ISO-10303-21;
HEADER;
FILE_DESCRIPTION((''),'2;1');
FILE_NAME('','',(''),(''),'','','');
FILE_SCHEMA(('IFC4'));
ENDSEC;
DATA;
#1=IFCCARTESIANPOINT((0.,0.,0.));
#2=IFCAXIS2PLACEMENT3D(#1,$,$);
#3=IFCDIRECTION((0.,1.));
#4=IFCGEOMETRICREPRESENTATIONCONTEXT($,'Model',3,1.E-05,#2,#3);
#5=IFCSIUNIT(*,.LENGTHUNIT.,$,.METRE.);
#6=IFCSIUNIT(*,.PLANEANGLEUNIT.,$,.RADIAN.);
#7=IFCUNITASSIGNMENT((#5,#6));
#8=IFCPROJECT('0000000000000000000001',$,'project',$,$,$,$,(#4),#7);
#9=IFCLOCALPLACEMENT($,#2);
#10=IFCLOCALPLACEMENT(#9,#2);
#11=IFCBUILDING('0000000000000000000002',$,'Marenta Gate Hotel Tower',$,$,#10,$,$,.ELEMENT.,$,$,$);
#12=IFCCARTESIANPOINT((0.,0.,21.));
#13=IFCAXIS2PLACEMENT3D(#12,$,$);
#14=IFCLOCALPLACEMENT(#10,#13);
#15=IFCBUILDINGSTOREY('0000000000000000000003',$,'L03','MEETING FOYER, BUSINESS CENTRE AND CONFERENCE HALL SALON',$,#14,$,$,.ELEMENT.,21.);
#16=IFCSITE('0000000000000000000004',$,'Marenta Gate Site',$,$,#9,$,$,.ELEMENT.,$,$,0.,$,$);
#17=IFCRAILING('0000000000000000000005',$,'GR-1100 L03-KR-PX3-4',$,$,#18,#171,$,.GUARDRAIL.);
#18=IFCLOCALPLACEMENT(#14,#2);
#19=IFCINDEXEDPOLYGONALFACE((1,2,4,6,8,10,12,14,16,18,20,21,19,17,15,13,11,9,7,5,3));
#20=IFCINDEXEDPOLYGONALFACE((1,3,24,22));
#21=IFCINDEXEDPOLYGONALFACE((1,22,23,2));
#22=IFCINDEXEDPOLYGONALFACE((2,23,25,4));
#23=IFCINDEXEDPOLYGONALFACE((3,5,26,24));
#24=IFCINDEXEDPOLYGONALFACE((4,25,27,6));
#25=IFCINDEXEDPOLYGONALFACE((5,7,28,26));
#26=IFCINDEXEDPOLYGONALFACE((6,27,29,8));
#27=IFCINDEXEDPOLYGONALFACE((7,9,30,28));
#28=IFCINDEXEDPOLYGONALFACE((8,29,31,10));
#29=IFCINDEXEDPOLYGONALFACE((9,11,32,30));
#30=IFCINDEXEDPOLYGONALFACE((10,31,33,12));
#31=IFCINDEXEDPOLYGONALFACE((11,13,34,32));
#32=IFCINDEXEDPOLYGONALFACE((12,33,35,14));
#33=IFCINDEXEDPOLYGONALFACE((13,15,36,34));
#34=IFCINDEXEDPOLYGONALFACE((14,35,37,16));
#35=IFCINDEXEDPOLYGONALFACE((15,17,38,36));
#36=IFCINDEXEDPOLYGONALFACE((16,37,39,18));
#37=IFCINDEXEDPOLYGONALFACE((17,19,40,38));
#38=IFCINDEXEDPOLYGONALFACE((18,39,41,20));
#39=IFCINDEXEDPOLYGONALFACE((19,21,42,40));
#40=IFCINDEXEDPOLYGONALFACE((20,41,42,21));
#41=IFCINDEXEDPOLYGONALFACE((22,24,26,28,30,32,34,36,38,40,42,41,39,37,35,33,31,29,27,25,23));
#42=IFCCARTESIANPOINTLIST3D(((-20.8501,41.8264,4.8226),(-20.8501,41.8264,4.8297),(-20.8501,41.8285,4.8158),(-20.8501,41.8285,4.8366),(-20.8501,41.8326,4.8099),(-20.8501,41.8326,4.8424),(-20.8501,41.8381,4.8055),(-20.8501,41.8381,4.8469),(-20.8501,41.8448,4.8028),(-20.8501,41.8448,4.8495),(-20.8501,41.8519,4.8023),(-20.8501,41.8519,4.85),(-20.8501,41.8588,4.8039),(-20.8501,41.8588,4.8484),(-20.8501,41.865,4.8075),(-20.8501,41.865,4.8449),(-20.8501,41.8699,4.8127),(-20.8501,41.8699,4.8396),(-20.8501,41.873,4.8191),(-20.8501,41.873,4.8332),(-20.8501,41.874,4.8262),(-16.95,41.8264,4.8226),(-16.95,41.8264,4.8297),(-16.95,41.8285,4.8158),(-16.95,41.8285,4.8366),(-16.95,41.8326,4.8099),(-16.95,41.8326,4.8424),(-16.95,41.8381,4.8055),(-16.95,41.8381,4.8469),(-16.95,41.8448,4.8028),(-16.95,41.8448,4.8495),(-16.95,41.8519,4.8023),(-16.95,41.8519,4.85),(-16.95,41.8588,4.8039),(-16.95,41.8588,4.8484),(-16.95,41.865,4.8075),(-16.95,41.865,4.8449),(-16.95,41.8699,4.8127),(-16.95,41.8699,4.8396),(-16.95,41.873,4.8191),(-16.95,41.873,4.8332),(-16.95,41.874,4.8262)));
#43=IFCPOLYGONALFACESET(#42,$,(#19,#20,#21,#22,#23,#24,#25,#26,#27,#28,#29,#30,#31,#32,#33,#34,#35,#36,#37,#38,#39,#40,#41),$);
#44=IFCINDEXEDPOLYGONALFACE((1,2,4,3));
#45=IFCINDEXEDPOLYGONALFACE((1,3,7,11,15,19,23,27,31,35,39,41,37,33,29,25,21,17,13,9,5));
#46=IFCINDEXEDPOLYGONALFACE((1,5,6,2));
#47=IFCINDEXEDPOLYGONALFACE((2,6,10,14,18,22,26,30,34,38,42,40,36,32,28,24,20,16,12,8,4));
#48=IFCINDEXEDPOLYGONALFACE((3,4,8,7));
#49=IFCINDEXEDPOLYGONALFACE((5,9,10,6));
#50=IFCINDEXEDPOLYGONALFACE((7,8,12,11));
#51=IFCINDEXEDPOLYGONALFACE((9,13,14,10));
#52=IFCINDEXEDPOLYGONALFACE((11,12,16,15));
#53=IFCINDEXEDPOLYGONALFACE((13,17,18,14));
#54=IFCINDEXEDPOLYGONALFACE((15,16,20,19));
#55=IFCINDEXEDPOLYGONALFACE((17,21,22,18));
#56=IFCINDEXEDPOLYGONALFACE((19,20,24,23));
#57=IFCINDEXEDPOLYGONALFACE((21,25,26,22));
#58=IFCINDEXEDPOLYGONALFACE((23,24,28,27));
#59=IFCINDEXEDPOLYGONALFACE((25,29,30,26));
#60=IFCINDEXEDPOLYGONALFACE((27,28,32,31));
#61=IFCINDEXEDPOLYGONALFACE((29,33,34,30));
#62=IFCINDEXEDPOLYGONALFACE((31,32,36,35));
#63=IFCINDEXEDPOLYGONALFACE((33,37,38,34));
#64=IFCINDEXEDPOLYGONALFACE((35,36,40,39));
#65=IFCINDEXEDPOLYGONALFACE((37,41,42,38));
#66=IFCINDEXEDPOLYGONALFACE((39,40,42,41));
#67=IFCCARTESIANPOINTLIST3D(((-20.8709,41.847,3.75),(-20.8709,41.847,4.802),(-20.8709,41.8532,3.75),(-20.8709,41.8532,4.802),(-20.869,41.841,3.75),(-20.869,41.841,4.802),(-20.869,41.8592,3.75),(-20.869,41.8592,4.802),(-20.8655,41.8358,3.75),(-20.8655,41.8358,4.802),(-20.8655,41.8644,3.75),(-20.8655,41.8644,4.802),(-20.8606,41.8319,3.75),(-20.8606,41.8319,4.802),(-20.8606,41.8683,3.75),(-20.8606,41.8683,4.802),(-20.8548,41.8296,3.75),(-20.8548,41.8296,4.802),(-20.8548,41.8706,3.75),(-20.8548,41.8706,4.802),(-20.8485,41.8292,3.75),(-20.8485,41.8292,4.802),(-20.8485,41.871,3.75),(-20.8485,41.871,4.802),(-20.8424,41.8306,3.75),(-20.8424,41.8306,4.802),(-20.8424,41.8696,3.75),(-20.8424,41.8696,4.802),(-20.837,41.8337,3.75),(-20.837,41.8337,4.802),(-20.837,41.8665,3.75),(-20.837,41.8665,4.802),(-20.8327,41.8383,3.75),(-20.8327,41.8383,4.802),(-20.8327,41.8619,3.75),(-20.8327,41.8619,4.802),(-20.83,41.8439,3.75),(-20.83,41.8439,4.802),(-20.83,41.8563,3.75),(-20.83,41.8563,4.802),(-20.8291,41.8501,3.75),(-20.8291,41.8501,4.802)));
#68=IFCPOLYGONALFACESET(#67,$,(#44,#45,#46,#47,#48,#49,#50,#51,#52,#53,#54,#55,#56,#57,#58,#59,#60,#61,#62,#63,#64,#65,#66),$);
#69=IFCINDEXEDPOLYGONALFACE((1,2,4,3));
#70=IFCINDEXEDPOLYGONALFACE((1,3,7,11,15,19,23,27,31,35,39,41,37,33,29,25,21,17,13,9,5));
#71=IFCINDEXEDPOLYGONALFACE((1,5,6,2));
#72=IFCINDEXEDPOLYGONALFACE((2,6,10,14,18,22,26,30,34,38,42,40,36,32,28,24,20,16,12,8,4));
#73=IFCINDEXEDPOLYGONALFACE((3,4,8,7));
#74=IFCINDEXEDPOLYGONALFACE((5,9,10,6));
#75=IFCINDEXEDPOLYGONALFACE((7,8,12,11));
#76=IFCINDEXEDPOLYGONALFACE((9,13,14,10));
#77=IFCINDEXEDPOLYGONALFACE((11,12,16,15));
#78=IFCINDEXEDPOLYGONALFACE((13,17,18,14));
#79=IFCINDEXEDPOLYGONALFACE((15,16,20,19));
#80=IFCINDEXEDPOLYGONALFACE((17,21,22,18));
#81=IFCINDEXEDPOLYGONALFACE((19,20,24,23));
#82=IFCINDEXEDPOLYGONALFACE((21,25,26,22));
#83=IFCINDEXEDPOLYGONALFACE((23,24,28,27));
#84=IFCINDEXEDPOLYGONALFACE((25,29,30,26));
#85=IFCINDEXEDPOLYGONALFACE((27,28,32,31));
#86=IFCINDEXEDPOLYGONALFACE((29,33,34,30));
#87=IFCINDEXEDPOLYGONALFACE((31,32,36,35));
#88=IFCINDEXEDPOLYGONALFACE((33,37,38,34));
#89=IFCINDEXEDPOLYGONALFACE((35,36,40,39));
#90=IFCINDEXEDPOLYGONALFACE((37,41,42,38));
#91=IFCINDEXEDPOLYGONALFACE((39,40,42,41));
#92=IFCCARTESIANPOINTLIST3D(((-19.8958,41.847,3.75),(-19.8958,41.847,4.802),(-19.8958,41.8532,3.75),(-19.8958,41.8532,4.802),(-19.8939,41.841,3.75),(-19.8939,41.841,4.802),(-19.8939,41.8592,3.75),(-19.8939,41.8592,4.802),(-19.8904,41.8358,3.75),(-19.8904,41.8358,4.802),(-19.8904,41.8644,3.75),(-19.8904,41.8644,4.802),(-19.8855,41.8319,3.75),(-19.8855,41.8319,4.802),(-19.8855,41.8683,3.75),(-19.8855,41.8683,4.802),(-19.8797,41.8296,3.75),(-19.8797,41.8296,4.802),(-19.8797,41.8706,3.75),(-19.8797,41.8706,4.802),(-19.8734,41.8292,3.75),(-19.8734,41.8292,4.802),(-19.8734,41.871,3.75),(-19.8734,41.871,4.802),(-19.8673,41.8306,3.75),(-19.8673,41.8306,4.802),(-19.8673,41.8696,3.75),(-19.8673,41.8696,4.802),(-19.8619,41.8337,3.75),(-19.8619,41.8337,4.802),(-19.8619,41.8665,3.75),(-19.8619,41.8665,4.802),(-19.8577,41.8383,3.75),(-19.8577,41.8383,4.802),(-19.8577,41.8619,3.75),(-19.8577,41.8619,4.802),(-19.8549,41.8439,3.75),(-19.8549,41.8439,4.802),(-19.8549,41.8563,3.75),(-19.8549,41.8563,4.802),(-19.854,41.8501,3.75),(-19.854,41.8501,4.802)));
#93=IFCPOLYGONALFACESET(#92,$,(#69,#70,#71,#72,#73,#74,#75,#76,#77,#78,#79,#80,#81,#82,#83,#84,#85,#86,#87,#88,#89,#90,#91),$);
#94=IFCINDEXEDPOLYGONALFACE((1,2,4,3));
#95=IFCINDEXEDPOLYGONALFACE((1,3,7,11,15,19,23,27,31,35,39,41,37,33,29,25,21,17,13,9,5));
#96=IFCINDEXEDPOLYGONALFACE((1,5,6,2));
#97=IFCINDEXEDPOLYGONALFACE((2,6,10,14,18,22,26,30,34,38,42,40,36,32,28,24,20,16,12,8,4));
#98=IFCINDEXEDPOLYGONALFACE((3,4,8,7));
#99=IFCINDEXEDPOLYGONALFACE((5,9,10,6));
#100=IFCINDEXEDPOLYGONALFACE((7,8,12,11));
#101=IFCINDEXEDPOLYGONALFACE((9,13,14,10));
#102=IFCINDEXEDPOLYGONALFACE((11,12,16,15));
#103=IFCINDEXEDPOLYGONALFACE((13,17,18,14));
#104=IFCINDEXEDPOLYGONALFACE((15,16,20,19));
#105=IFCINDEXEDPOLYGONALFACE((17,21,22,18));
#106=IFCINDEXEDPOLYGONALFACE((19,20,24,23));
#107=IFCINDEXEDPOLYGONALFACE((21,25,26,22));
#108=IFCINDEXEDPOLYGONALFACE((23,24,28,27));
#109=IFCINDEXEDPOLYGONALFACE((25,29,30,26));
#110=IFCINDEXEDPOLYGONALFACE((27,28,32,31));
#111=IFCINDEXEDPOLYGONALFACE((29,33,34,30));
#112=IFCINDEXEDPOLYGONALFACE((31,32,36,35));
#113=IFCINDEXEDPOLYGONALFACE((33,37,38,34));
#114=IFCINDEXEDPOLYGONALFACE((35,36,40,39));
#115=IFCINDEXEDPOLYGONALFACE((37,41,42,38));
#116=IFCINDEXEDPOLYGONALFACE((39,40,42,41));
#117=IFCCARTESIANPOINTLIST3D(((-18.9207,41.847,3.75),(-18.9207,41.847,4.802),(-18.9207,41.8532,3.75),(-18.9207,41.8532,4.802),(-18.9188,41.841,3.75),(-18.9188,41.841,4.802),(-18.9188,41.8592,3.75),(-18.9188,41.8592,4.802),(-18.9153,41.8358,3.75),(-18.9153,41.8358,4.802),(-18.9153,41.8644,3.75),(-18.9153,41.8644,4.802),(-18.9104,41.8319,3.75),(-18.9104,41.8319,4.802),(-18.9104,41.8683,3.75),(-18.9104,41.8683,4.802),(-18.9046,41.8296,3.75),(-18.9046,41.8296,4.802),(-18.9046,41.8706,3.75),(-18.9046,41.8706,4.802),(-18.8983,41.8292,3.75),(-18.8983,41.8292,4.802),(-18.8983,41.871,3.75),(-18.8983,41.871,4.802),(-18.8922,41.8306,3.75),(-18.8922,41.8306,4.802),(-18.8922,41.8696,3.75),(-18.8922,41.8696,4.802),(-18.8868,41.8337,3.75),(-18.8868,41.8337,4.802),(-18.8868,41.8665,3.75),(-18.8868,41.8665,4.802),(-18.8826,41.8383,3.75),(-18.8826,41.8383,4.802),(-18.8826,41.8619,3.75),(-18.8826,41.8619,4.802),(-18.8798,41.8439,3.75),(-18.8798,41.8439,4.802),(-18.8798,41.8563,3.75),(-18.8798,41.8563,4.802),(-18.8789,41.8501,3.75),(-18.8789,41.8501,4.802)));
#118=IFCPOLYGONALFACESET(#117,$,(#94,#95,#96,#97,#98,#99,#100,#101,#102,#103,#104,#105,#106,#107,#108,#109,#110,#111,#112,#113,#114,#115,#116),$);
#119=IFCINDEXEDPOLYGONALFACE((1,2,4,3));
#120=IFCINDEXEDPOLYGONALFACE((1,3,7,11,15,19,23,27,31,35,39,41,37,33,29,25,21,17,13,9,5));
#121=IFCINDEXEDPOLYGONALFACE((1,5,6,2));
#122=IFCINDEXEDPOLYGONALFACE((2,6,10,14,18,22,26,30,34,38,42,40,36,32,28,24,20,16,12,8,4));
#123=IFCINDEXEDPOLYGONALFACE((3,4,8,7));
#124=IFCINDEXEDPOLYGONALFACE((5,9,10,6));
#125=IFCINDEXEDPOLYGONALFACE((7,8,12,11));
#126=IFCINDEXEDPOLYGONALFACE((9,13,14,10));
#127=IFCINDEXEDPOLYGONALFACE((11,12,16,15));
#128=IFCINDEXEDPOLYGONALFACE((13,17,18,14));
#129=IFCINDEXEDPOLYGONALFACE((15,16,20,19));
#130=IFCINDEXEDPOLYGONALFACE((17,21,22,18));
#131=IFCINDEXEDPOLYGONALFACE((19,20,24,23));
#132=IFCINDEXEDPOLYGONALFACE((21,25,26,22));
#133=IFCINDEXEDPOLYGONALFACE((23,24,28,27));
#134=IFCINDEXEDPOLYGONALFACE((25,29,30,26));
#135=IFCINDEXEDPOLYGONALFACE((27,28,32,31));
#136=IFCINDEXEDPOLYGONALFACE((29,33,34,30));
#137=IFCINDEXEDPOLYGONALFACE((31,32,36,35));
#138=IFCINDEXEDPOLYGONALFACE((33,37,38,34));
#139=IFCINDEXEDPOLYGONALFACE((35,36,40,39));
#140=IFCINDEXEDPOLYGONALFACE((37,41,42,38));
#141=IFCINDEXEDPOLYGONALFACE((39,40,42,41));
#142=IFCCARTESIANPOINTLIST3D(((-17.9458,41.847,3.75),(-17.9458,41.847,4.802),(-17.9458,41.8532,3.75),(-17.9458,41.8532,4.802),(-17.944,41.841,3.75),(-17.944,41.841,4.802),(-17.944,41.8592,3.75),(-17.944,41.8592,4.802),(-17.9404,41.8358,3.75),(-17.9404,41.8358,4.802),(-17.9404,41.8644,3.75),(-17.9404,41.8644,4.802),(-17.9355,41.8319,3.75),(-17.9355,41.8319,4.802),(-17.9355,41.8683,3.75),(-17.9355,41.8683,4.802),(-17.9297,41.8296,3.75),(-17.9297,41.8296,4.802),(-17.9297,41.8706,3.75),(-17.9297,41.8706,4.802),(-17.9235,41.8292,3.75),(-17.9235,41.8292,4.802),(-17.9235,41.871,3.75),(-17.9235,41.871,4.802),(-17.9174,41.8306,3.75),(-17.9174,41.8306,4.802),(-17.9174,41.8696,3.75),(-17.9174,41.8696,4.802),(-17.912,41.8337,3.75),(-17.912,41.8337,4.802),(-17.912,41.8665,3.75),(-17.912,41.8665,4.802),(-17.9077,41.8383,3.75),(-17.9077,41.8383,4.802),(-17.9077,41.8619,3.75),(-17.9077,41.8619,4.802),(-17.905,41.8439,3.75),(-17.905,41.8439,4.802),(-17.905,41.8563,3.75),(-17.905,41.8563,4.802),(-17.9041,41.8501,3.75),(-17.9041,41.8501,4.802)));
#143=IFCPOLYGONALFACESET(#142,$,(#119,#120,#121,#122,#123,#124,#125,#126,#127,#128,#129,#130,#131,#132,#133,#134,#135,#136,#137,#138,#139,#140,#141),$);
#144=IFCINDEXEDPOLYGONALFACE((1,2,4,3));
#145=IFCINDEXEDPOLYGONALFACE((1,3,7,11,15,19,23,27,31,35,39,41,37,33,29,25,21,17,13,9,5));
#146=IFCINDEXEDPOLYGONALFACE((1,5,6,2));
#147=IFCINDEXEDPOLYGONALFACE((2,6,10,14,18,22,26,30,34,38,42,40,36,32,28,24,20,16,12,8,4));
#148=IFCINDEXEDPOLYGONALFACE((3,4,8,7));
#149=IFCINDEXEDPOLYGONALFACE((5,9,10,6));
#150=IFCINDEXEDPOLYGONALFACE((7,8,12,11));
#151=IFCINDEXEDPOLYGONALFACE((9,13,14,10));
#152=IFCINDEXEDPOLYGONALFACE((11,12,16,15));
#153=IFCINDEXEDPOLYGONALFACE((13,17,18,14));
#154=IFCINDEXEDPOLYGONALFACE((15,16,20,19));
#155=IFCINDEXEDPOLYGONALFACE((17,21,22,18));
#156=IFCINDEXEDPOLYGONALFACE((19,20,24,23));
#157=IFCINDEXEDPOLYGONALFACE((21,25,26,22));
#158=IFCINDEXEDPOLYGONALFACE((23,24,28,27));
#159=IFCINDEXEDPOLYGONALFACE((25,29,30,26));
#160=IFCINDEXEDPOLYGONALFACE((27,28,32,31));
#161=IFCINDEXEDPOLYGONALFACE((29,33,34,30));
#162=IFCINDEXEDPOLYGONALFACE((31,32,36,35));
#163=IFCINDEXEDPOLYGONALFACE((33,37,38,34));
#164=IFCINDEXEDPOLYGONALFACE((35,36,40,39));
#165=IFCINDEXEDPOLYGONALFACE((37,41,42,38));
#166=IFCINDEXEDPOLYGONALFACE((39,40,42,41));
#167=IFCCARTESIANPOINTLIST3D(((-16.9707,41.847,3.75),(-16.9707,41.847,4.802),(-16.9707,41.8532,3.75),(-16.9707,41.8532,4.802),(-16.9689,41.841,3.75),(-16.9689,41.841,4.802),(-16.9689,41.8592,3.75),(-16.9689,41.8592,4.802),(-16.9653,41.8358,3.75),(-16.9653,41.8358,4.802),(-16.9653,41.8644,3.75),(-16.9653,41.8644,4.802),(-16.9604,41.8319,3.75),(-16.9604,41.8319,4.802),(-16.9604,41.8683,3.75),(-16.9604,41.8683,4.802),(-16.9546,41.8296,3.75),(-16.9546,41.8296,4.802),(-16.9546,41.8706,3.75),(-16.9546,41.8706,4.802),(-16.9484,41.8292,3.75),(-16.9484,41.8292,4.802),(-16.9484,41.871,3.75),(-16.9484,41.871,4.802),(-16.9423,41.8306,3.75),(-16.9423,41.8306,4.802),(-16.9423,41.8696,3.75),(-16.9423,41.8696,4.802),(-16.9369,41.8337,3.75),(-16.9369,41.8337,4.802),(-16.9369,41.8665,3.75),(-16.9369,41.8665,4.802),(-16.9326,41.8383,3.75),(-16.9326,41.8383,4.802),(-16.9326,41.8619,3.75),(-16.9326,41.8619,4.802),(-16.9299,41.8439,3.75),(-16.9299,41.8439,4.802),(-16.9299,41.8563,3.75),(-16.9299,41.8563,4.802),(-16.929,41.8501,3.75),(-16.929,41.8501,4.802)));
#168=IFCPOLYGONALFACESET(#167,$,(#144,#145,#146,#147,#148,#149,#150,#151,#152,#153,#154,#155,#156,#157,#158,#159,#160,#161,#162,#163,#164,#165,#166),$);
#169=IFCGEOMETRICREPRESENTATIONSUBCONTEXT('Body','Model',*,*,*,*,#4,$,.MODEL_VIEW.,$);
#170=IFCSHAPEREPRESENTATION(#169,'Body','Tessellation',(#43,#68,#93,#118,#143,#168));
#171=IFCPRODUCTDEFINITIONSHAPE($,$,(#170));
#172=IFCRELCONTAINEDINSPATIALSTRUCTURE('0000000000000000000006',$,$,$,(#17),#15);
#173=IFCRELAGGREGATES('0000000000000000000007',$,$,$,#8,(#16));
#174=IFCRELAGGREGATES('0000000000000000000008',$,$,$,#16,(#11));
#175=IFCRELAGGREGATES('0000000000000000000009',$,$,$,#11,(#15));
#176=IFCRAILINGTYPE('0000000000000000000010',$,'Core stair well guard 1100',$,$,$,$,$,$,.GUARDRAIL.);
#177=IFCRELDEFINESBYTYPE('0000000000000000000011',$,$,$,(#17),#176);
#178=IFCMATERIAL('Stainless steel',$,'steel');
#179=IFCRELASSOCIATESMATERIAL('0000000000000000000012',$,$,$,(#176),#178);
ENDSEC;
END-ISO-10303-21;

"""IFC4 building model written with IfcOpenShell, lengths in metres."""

from ifc_helpers import new_model, si_unit, direction, frame, origin, origin_2d, place, context, subcontext, project, spatial, circle, extrude, material, type_object, element, save


model = new_model("IFC4")

# Units and contexts
model_context = context("Model", 3, precision=1e-05, world=origin(), true_north=direction((0.0, 1.0)))
body_context = subcontext(model_context, "Body", "Model", "MODEL_VIEW")
ifc_project = project(units=[si_unit("LENGTHUNIT", "METRE"), si_unit("PLANEANGLEUNIT", "RADIAN")], contexts=[model_context])

# Site, building, storey
site_placement = place(None, origin())
site = spatial("IfcSite", under=ifc_project, at=site_placement, Name="Marenta Gate Site", CompositionType="ELEMENT", RefElevation=0.0)
building_placement = place(site_placement, origin())
building = spatial("IfcBuilding", under=site, at=building_placement, Name="Marenta Gate Hotel Tower", CompositionType="ELEMENT")
storey_placement = place(building_placement, frame((0.0, 0.0, 21.0)))
storey = spatial("IfcBuildingStorey", under=building, at=storey_placement, Name="L03", Description="MEETING FOYER, BUSINESS CENTRE AND CONFERENCE HALL SALON", CompositionType="ELEMENT", Elevation=21.0)

# Railing
ifc_material_1 = material(Name="Stainless steel", Category="steel")
railing_type_1 = type_object("IfcRailingType", Name="Core stair well guard 1100", PredefinedType="GUARDRAIL", material=ifc_material_1)
railing_1_placement = place(storey_placement, frame((-20.8501, 41.8501, 3.75)))
element("IfcRailing", 1, at=railing_1_placement, inside=storey, type_object=railing_type_1, Name="GR-1100 L03-KR-PX3-4", PredefinedType="GUARDRAIL", context=body_context, shape_type="SweptSolid", body=[
    extrude(circle(Radius=0.0239, at=origin_2d()), frame((0.0, 0.0, 1.0762), z_axis=(1.0, 0.0, 0.0), x_axis=(0.0, 1.0, 0.0)), (0.0, 0.0, 1.0), 3.9001),
    extrude(circle(Radius=0.021, at=origin_2d()), origin(), (0.0, 0.0, 1.0), 1.052),
    extrude(circle(Radius=0.021, at=origin_2d()), frame((0.9751, 0.0, 0.0)), (0.0, 0.0, 1.0), 1.052),
    extrude(circle(Radius=0.021, at=origin_2d()), frame((1.9502, 0.0, 0.0)), (0.0, 0.0, 1.0), 1.052),
    extrude(circle(Radius=0.021, at=origin_2d()), frame((2.925, 0.0, 0.0)), (0.0, 0.0, 1.0), 1.052),
    extrude(circle(Radius=0.021, at=origin_2d()), frame((3.9001, 0.0, 0.0)), (0.0, 0.0, 1.0), 1.052),
])

save(model, "model.ifc")
